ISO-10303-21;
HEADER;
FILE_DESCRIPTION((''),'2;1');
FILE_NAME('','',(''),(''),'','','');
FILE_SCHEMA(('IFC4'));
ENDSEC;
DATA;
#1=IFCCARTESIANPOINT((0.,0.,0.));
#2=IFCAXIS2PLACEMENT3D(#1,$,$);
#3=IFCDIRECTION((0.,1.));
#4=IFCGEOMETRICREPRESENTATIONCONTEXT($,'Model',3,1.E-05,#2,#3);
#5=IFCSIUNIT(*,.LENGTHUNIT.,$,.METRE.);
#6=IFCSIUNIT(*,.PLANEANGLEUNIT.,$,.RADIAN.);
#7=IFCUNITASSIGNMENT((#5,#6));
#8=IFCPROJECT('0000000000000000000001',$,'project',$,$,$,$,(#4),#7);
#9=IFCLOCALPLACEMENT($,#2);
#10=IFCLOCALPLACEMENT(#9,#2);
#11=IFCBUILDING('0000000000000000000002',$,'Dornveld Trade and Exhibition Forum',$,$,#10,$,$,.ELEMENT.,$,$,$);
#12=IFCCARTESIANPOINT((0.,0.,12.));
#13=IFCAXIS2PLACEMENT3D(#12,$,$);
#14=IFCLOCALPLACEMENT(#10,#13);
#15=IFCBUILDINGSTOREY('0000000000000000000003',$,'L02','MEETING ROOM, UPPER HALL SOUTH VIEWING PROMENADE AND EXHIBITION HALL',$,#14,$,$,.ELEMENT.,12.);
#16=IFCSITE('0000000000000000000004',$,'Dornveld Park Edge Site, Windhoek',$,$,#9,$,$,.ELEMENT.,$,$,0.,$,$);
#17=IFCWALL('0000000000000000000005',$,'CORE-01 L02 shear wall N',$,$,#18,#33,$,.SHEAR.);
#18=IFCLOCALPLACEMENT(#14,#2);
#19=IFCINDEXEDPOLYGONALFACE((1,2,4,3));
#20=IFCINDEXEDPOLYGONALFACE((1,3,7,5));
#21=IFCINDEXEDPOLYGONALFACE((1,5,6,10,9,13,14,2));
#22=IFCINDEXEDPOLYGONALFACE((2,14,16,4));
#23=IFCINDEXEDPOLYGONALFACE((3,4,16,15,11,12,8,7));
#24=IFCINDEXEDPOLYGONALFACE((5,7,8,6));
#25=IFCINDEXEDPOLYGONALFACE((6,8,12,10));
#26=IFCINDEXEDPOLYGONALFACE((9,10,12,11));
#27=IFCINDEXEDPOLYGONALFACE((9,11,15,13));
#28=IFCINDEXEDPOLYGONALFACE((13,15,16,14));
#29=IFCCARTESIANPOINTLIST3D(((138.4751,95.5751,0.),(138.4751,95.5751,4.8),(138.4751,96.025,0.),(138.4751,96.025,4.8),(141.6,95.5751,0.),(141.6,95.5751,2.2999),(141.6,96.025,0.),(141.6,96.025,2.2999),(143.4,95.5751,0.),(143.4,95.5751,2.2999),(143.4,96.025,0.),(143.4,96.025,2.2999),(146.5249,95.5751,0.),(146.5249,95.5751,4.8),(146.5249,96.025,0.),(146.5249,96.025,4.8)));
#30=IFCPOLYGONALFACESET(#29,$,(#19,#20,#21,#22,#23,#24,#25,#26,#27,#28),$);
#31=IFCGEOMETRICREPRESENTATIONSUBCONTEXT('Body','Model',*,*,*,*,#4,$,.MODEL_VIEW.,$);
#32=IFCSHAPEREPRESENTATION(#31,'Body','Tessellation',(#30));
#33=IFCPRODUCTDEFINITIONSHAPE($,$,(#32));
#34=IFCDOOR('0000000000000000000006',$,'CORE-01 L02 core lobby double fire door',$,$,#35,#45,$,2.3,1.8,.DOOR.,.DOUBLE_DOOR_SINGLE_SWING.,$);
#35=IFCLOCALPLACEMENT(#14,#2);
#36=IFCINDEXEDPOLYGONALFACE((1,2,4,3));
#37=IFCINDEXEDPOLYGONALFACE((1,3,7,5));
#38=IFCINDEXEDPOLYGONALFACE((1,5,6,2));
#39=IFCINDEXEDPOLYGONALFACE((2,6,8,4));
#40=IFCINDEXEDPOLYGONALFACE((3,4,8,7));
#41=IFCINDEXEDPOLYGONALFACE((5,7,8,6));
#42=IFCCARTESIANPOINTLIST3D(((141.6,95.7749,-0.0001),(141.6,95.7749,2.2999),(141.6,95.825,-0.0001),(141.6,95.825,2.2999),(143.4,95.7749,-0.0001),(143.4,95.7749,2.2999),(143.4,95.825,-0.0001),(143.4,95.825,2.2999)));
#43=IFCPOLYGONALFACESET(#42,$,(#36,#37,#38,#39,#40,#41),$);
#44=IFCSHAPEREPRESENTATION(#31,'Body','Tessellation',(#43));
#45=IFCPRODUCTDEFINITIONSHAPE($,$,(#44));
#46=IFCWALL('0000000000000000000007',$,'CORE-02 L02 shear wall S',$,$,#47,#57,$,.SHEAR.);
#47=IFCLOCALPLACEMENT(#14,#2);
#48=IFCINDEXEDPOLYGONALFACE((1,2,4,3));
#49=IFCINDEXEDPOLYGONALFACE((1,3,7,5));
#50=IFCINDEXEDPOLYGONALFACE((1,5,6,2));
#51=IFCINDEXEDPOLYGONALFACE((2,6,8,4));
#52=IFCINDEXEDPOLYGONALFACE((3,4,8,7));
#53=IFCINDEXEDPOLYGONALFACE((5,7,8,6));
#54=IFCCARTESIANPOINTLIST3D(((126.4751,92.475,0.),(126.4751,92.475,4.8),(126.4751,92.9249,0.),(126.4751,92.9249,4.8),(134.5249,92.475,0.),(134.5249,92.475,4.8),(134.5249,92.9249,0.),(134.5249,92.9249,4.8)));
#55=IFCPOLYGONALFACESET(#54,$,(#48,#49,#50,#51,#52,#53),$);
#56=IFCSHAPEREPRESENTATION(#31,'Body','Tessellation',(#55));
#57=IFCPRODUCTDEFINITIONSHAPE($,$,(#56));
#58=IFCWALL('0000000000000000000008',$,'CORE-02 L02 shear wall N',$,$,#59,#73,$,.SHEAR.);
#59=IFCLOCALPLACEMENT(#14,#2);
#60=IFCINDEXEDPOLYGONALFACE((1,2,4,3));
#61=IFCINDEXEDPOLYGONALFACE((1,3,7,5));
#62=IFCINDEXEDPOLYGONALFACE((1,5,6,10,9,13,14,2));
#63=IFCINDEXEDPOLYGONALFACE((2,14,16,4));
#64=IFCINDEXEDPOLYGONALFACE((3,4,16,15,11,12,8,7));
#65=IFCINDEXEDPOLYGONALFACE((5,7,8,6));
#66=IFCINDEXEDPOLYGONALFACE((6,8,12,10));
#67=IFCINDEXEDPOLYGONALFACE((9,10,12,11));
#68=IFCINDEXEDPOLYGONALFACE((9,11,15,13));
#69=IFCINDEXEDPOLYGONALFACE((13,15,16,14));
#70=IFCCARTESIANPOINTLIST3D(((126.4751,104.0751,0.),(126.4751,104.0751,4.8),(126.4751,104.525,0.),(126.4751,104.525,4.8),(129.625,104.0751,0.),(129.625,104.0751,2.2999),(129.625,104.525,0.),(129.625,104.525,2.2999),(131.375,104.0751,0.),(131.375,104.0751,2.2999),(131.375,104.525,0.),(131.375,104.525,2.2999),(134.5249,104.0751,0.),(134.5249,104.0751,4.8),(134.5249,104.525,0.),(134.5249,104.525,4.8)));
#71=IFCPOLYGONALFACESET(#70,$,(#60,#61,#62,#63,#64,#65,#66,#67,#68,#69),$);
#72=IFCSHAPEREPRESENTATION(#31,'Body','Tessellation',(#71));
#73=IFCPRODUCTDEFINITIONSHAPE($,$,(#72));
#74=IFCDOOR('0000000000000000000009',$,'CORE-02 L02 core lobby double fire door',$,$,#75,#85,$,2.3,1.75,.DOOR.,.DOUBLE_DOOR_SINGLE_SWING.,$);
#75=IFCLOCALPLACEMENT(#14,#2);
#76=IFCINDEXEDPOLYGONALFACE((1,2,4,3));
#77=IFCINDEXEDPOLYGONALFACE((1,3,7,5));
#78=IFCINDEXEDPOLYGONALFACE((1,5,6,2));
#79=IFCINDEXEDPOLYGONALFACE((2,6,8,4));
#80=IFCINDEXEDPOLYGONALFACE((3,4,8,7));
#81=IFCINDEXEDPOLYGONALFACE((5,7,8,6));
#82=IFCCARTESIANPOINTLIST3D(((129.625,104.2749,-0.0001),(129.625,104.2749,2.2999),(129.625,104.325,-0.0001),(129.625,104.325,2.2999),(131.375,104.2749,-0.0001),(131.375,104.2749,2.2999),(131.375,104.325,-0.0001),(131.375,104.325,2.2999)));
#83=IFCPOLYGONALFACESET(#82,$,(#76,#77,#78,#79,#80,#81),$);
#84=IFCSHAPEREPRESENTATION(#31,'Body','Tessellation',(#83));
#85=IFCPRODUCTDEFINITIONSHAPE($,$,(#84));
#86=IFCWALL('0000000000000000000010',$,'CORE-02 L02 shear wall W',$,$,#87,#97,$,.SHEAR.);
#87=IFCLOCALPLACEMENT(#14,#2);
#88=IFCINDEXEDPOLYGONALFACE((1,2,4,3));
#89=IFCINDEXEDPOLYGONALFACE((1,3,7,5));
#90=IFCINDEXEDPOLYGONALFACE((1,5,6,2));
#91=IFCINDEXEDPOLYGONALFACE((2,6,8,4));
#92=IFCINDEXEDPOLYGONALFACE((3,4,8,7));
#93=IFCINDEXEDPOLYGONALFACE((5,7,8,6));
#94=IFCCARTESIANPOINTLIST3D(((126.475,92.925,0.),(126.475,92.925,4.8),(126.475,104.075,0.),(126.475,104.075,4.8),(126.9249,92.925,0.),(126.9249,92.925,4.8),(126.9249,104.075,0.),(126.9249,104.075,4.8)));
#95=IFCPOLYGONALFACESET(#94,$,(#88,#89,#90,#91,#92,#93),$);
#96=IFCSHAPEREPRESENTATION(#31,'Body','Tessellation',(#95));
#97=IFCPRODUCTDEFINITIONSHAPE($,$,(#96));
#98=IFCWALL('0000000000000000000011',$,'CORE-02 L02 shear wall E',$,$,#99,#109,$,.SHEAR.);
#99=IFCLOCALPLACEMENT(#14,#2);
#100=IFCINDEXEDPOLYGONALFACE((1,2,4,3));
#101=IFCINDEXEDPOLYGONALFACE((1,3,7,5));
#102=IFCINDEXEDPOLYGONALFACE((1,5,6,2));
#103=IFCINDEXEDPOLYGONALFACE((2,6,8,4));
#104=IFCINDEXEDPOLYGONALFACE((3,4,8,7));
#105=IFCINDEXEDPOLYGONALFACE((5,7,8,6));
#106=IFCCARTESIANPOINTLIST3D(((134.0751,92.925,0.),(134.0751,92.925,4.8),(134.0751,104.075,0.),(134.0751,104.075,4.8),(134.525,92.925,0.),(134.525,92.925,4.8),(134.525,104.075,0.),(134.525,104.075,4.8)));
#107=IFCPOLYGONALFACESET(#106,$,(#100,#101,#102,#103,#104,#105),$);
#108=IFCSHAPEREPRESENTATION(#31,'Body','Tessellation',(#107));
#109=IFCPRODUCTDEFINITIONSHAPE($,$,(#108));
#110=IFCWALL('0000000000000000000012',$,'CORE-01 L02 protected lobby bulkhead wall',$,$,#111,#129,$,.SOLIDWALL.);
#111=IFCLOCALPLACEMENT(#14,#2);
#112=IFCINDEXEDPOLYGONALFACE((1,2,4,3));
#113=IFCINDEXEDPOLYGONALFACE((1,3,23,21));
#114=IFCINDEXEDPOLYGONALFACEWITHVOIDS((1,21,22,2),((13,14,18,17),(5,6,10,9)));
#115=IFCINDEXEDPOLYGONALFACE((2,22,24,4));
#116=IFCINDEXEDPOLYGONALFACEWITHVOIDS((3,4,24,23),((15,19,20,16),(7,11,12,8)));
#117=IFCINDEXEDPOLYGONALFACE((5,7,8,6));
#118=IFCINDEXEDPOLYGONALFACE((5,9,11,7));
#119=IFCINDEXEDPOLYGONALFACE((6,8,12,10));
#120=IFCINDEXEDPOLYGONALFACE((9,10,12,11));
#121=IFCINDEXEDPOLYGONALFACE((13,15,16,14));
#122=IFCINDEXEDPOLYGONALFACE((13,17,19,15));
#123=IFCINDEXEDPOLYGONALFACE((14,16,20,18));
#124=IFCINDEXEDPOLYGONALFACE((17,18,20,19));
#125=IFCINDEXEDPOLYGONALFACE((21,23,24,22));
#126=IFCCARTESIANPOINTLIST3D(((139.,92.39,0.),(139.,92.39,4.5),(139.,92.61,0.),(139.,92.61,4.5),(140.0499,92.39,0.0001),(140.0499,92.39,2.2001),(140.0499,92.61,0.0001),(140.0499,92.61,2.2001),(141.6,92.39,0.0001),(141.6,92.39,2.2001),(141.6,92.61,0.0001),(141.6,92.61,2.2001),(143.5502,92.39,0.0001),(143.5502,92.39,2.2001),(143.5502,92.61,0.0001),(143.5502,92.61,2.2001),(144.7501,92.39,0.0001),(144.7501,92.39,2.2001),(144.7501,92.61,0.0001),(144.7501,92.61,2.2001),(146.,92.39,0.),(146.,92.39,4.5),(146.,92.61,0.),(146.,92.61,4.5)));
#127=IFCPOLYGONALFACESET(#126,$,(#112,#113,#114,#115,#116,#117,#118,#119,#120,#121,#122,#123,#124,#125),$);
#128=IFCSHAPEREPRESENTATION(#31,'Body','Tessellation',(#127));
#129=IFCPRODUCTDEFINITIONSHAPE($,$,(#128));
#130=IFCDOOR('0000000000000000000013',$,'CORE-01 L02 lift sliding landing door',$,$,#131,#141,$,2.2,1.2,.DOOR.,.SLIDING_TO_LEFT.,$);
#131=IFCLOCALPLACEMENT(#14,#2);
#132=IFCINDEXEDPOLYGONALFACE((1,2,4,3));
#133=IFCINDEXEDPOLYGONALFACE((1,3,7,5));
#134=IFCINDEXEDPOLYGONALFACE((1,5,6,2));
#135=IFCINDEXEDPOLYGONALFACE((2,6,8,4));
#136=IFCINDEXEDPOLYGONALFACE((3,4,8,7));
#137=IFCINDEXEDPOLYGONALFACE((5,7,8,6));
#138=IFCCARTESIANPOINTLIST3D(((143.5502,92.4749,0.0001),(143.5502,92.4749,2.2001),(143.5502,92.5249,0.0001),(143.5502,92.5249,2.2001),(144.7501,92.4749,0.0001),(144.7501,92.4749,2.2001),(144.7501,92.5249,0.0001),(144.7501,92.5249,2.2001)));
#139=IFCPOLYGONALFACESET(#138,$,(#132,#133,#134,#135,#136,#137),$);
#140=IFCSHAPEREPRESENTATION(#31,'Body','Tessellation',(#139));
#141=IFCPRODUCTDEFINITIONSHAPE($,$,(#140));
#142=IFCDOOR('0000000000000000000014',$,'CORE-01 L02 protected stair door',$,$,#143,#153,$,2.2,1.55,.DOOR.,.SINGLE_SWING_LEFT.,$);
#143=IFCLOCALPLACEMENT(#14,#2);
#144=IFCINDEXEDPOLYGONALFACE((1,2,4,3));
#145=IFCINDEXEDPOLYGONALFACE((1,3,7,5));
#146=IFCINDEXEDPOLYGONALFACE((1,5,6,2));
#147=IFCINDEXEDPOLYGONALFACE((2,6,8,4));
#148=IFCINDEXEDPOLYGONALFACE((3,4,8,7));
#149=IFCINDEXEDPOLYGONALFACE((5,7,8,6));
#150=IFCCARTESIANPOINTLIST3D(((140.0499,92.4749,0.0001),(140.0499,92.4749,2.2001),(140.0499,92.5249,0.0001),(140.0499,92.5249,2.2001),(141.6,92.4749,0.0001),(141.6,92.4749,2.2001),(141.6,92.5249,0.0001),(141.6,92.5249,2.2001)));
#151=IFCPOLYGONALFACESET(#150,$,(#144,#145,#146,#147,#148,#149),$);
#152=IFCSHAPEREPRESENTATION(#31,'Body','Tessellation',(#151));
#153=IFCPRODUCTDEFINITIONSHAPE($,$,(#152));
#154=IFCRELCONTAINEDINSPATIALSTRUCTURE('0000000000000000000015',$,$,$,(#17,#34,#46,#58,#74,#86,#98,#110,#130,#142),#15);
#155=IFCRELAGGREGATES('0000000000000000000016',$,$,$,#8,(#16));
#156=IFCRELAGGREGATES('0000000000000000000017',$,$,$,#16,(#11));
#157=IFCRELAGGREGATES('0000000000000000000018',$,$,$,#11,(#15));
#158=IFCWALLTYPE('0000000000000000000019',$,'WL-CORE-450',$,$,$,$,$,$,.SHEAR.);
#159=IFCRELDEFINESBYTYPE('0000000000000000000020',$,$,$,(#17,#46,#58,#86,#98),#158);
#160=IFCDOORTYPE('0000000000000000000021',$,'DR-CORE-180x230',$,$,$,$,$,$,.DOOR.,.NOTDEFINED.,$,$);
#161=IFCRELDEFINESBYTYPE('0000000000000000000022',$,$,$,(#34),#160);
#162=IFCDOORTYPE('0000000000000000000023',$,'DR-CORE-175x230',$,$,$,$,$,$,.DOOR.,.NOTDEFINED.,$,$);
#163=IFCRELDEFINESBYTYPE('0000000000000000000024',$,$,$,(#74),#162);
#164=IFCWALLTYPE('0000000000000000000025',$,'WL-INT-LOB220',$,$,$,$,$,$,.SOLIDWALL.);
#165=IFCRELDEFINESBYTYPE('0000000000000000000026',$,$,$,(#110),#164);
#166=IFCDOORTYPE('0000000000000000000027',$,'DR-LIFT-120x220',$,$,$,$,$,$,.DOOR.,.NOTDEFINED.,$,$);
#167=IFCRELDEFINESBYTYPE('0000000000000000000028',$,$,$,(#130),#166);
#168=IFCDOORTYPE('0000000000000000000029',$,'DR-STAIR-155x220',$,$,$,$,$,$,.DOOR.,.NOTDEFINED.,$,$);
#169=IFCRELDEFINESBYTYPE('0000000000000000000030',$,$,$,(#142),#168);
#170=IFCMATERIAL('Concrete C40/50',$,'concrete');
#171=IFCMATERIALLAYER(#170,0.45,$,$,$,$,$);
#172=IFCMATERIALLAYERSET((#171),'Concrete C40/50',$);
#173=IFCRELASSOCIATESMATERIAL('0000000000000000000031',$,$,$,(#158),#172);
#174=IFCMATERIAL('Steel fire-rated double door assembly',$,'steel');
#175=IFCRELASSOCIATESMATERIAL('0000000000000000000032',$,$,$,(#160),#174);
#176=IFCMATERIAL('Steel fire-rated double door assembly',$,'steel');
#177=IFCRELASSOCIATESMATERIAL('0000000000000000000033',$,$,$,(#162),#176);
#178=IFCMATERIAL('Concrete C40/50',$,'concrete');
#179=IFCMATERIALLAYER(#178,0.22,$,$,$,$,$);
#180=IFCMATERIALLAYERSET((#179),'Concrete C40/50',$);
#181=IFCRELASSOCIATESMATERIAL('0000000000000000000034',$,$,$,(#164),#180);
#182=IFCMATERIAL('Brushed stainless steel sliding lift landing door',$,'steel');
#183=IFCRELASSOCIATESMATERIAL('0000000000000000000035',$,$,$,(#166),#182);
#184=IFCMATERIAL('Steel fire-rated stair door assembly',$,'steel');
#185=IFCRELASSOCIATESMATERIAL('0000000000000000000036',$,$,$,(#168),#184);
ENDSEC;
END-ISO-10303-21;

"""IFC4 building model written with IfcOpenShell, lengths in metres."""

from ifc_helpers import new_model, si_unit, direction, frame, frame_2d, origin, place, context, subcontext, project, spatial, rectangle, extrude, material, layer, layer_set, type_object, element, fill, save


model = new_model("IFC4")

# Units and contexts
model_context = context("Model", 3, precision=1e-05, world=origin(), true_north=direction((0.0, 1.0)))
body_context = subcontext(model_context, "Body", "Model", "MODEL_VIEW")
ifc_project = project(units=[si_unit("LENGTHUNIT", "METRE"), si_unit("PLANEANGLEUNIT", "RADIAN")], contexts=[model_context])

# Site, building, storey
site_placement = place(None, origin())
site = spatial("IfcSite", under=ifc_project, at=site_placement, Name="Dornveld Park Edge Site, Windhoek", CompositionType="ELEMENT", RefElevation=0.0)
building_placement = place(site_placement, origin())
building = spatial("IfcBuilding", under=site, at=building_placement, Name="Dornveld Trade and Exhibition Forum", CompositionType="ELEMENT")
storey_placement = place(building_placement, frame((0.0, 0.0, 12.0)))
storey = spatial("IfcBuildingStorey", under=building, at=storey_placement, Name="L02", Description="MEETING ROOM, UPPER HALL SOUTH VIEWING PROMENADE AND EXHIBITION HALL", CompositionType="ELEMENT", Elevation=12.0)

# Wall, opening, door
ifc_material_1 = material(Name="Concrete C40/50", Category="concrete")
ifc_layer_1 = layer(ifc_material_1, 0.45)
ifc_layer_set_1 = layer_set([ifc_layer_1], Name="Concrete C40/50")
wall_type_1 = type_object("IfcWallType", Name="WL-CORE-450", PredefinedType="SHEAR", material=ifc_layer_set_1)
wall_1_placement = place(storey_placement, frame((138.4751, 95.8, 0.0), z_axis=(0.0, 0.0, 1.0), x_axis=(1.0, 0.0, 0.0)))
wall_1 = element("IfcWall", 1, at=wall_1_placement, inside=storey, type_object=wall_type_1, Name="CORE-01 L02 shear wall N", PredefinedType="SHEAR", context=body_context, shape_type="SweptSolid", body=[
    extrude(rectangle(XDim=8.0498, YDim=0.45, at=frame_2d((4.0249, 0.0))), origin(), (0.0, 0.0, 1.0), 4.8),
])
opening_1_placement = place(wall_1_placement, frame((3.125, 0.0, 0.0)))
opening_1 = element("IfcOpeningElement", 2, at=opening_1_placement, cuts=wall_1, PredefinedType="OPENING", context=body_context, shape_type="SweptSolid", body=[
    extrude(rectangle(XDim=1.8, YDim=2.3, at=frame_2d((0.8999, 1.1499))), frame((0.0, 0.2349, 0.0), z_axis=(0.0, -1.0, 0.0), x_axis=(1.0, 0.0, 0.0)), (0.0, 0.0, 1.0), 0.47),
])
ifc_material_2 = material(Name="Steel fire-rated double door assembly", Category="steel")
door_type_1 = type_object("IfcDoorType", Name="DR-CORE-180x230", OperationType="NOTDEFINED", PredefinedType="DOOR", material=ifc_material_2)
door_1_placement = place(opening_1_placement, origin())
door_1 = element("IfcDoor", 3, at=door_1_placement, inside=storey, type_object=door_type_1, Name="CORE-01 L02 core lobby double fire door", OperationType="DOUBLE_DOOR_SINGLE_SWING", OverallHeight=2.3, OverallWidth=1.8, PredefinedType="DOOR", context=body_context, shape_type="SweptSolid", body=[
    extrude(rectangle(XDim=1.8, YDim=2.3, at=frame_2d((0.8999, 1.1499))), frame((0.0, 0.0249, 0.0), z_axis=(0.0, -1.0, 0.0), x_axis=(1.0, 0.0, 0.0)), (0.0, 0.0, 1.0), 0.05),
])
fill(opening_1, door_1)

# Wall
wall_2_placement = place(storey_placement, frame((126.4751, 92.7, 0.0), z_axis=(0.0, 0.0, 1.0), x_axis=(1.0, 0.0, 0.0)))
element("IfcWall", 4, at=wall_2_placement, inside=storey, type_object=wall_type_1, Name="CORE-02 L02 shear wall S", PredefinedType="SHEAR", context=body_context, shape_type="SweptSolid", body=[
    extrude(rectangle(XDim=8.0498, YDim=0.45, at=frame_2d((4.0249, 0.0))), origin(), (0.0, 0.0, 1.0), 4.8),
])

# Wall, opening, door
wall_3_placement = place(storey_placement, frame((126.4751, 104.3, 0.0), z_axis=(0.0, 0.0, 1.0), x_axis=(1.0, 0.0, 0.0)))
wall_3 = element("IfcWall", 5, at=wall_3_placement, inside=storey, type_object=wall_type_1, Name="CORE-02 L02 shear wall N", PredefinedType="SHEAR", context=body_context, shape_type="SweptSolid", body=[
    extrude(rectangle(XDim=8.0498, YDim=0.45, at=frame_2d((4.0249, 0.0))), origin(), (0.0, 0.0, 1.0), 4.8),
])
opening_2_placement = place(wall_3_placement, frame((3.1499, 0.0, 0.0)))
opening_2 = element("IfcOpeningElement", 6, at=opening_2_placement, cuts=wall_3, PredefinedType="OPENING", context=body_context, shape_type="SweptSolid", body=[
    extrude(rectangle(XDim=1.75, YDim=2.3, at=frame_2d((0.875, 1.1499))), frame((0.0, 0.2349, 0.0), z_axis=(0.0, -1.0, 0.0), x_axis=(1.0, 0.0, 0.0)), (0.0, 0.0, 1.0), 0.47),
])
ifc_material_3 = material(Name="Steel fire-rated double door assembly", Category="steel")
door_type_2 = type_object("IfcDoorType", Name="DR-CORE-175x230", OperationType="NOTDEFINED", PredefinedType="DOOR", material=ifc_material_3)
door_2_placement = place(opening_2_placement, origin())
door_2 = element("IfcDoor", 7, at=door_2_placement, inside=storey, type_object=door_type_2, Name="CORE-02 L02 core lobby double fire door", OperationType="DOUBLE_DOOR_SINGLE_SWING", OverallHeight=2.3, OverallWidth=1.75, PredefinedType="DOOR", context=body_context, shape_type="SweptSolid", body=[
    extrude(rectangle(XDim=1.75, YDim=2.3, at=frame_2d((0.875, 1.1499))), frame((0.0, 0.0249, 0.0), z_axis=(0.0, -1.0, 0.0), x_axis=(1.0, 0.0, 0.0)), (0.0, 0.0, 1.0), 0.05),
])
fill(opening_2, door_2)

# Walls
for number, where, z_axis, x_axis, name in (
    (8, (126.7, 92.925, 0.0), (0.0, 0.0, 1.0), (0.0, 1.0, 0.0), "CORE-02 L02 shear wall W"),
    (9, (134.3, 92.925, 0.0), (0.0, 0.0, 1.0), (0.0, 1.0, 0.0), "CORE-02 L02 shear wall E"),
):
    element("IfcWall", number, at=place(storey_placement, frame(where, z_axis=z_axis, x_axis=x_axis)), inside=storey, type_object=wall_type_1, Name=name, PredefinedType="SHEAR", context=body_context, shape_type="SweptSolid", body=[
        extrude(rectangle(XDim=11.1499, YDim=0.45, at=frame_2d((5.575, 0.0))), origin(), (0.0, 0.0, 1.0), 4.8),
    ])

# Wall, openings, doors
ifc_material_4 = material(Name="Concrete C40/50", Category="concrete")
ifc_layer_2 = layer(ifc_material_4, 0.22)
ifc_layer_set_2 = layer_set([ifc_layer_2], Name="Concrete C40/50")
wall_type_2 = type_object("IfcWallType", Name="WL-INT-LOB220", PredefinedType="SOLIDWALL", material=ifc_layer_set_2)
wall_4_placement = place(storey_placement, frame((139.0, 92.5, 0.0), z_axis=(0.0, 0.0, 1.0), x_axis=(1.0, 0.0, 0.0)))
wall_4 = element("IfcWall", 10, at=wall_4_placement, inside=storey, type_object=wall_type_2, Name="CORE-01 L02 protected lobby bulkhead wall", PredefinedType="SOLIDWALL", context=body_context, shape_type="SweptSolid", body=[
    extrude(rectangle(XDim=7.0, YDim=0.22, at=frame_2d((3.5, 0.0))), origin(), (0.0, 0.0, 1.0), 4.5),
])
opening_3_placement = place(wall_4_placement, frame((1.05, 0.0, 0.0)))
opening_3 = element("IfcOpeningElement", 11, at=opening_3_placement, cuts=wall_4, PredefinedType="OPENING", context=body_context, shape_type="SweptSolid", body=[
    extrude(rectangle(XDim=1.55, YDim=2.2, at=frame_2d((0.7749, 1.1001))), frame((0.0, 0.1199, 0.0), z_axis=(0.0, -1.0, 0.0), x_axis=(1.0, 0.0, 0.0)), (0.0, 0.0, 1.0), 0.24),
])
opening_4_placement = place(wall_4_placement, frame((4.55, 0.0, 0.0)))
opening_4 = element("IfcOpeningElement", 12, at=opening_4_placement, cuts=wall_4, PredefinedType="OPENING", context=body_context, shape_type="SweptSolid", body=[
    extrude(rectangle(XDim=1.2, YDim=2.2, at=frame_2d((0.6001, 1.1001))), frame((0.0, 0.1199, 0.0), z_axis=(0.0, -1.0, 0.0), x_axis=(1.0, 0.0, 0.0)), (0.0, 0.0, 1.0), 0.24),
])
ifc_material_5 = material(Name="Brushed stainless steel sliding lift landing door", Category="steel")
door_type_3 = type_object("IfcDoorType", Name="DR-LIFT-120x220", OperationType="NOTDEFINED", PredefinedType="DOOR", material=ifc_material_5)
door_3_placement = place(opening_4_placement, origin())
door_3 = element("IfcDoor", 13, at=door_3_placement, inside=storey, type_object=door_type_3, Name="CORE-01 L02 lift sliding landing door", OperationType="SLIDING_TO_LEFT", OverallHeight=2.2, OverallWidth=1.2, PredefinedType="DOOR", context=body_context, shape_type="SweptSolid", body=[
    extrude(rectangle(XDim=1.2, YDim=2.2, at=frame_2d((0.6001, 1.1001))), frame((0.0, 0.0249, 0.0), z_axis=(0.0, -1.0, 0.0), x_axis=(1.0, 0.0, 0.0)), (0.0, 0.0, 1.0), 0.05),
])
fill(opening_4, door_3)
ifc_material_6 = material(Name="Steel fire-rated stair door assembly", Category="steel")
door_type_4 = type_object("IfcDoorType", Name="DR-STAIR-155x220", OperationType="NOTDEFINED", PredefinedType="DOOR", material=ifc_material_6)
door_4_placement = place(opening_3_placement, origin())
door_4 = element("IfcDoor", 14, at=door_4_placement, inside=storey, type_object=door_type_4, Name="CORE-01 L02 protected stair door", OperationType="SINGLE_SWING_LEFT", OverallHeight=2.2, OverallWidth=1.55, PredefinedType="DOOR", context=body_context, shape_type="SweptSolid", body=[
    extrude(rectangle(XDim=1.55, YDim=2.2, at=frame_2d((0.7749, 1.1001))), frame((0.0, 0.0249, 0.0), z_axis=(0.0, -1.0, 0.0), x_axis=(1.0, 0.0, 0.0)), (0.0, 0.0, 1.0), 0.05),
])
fill(opening_3, door_4)

save(model, "model.ifc")
